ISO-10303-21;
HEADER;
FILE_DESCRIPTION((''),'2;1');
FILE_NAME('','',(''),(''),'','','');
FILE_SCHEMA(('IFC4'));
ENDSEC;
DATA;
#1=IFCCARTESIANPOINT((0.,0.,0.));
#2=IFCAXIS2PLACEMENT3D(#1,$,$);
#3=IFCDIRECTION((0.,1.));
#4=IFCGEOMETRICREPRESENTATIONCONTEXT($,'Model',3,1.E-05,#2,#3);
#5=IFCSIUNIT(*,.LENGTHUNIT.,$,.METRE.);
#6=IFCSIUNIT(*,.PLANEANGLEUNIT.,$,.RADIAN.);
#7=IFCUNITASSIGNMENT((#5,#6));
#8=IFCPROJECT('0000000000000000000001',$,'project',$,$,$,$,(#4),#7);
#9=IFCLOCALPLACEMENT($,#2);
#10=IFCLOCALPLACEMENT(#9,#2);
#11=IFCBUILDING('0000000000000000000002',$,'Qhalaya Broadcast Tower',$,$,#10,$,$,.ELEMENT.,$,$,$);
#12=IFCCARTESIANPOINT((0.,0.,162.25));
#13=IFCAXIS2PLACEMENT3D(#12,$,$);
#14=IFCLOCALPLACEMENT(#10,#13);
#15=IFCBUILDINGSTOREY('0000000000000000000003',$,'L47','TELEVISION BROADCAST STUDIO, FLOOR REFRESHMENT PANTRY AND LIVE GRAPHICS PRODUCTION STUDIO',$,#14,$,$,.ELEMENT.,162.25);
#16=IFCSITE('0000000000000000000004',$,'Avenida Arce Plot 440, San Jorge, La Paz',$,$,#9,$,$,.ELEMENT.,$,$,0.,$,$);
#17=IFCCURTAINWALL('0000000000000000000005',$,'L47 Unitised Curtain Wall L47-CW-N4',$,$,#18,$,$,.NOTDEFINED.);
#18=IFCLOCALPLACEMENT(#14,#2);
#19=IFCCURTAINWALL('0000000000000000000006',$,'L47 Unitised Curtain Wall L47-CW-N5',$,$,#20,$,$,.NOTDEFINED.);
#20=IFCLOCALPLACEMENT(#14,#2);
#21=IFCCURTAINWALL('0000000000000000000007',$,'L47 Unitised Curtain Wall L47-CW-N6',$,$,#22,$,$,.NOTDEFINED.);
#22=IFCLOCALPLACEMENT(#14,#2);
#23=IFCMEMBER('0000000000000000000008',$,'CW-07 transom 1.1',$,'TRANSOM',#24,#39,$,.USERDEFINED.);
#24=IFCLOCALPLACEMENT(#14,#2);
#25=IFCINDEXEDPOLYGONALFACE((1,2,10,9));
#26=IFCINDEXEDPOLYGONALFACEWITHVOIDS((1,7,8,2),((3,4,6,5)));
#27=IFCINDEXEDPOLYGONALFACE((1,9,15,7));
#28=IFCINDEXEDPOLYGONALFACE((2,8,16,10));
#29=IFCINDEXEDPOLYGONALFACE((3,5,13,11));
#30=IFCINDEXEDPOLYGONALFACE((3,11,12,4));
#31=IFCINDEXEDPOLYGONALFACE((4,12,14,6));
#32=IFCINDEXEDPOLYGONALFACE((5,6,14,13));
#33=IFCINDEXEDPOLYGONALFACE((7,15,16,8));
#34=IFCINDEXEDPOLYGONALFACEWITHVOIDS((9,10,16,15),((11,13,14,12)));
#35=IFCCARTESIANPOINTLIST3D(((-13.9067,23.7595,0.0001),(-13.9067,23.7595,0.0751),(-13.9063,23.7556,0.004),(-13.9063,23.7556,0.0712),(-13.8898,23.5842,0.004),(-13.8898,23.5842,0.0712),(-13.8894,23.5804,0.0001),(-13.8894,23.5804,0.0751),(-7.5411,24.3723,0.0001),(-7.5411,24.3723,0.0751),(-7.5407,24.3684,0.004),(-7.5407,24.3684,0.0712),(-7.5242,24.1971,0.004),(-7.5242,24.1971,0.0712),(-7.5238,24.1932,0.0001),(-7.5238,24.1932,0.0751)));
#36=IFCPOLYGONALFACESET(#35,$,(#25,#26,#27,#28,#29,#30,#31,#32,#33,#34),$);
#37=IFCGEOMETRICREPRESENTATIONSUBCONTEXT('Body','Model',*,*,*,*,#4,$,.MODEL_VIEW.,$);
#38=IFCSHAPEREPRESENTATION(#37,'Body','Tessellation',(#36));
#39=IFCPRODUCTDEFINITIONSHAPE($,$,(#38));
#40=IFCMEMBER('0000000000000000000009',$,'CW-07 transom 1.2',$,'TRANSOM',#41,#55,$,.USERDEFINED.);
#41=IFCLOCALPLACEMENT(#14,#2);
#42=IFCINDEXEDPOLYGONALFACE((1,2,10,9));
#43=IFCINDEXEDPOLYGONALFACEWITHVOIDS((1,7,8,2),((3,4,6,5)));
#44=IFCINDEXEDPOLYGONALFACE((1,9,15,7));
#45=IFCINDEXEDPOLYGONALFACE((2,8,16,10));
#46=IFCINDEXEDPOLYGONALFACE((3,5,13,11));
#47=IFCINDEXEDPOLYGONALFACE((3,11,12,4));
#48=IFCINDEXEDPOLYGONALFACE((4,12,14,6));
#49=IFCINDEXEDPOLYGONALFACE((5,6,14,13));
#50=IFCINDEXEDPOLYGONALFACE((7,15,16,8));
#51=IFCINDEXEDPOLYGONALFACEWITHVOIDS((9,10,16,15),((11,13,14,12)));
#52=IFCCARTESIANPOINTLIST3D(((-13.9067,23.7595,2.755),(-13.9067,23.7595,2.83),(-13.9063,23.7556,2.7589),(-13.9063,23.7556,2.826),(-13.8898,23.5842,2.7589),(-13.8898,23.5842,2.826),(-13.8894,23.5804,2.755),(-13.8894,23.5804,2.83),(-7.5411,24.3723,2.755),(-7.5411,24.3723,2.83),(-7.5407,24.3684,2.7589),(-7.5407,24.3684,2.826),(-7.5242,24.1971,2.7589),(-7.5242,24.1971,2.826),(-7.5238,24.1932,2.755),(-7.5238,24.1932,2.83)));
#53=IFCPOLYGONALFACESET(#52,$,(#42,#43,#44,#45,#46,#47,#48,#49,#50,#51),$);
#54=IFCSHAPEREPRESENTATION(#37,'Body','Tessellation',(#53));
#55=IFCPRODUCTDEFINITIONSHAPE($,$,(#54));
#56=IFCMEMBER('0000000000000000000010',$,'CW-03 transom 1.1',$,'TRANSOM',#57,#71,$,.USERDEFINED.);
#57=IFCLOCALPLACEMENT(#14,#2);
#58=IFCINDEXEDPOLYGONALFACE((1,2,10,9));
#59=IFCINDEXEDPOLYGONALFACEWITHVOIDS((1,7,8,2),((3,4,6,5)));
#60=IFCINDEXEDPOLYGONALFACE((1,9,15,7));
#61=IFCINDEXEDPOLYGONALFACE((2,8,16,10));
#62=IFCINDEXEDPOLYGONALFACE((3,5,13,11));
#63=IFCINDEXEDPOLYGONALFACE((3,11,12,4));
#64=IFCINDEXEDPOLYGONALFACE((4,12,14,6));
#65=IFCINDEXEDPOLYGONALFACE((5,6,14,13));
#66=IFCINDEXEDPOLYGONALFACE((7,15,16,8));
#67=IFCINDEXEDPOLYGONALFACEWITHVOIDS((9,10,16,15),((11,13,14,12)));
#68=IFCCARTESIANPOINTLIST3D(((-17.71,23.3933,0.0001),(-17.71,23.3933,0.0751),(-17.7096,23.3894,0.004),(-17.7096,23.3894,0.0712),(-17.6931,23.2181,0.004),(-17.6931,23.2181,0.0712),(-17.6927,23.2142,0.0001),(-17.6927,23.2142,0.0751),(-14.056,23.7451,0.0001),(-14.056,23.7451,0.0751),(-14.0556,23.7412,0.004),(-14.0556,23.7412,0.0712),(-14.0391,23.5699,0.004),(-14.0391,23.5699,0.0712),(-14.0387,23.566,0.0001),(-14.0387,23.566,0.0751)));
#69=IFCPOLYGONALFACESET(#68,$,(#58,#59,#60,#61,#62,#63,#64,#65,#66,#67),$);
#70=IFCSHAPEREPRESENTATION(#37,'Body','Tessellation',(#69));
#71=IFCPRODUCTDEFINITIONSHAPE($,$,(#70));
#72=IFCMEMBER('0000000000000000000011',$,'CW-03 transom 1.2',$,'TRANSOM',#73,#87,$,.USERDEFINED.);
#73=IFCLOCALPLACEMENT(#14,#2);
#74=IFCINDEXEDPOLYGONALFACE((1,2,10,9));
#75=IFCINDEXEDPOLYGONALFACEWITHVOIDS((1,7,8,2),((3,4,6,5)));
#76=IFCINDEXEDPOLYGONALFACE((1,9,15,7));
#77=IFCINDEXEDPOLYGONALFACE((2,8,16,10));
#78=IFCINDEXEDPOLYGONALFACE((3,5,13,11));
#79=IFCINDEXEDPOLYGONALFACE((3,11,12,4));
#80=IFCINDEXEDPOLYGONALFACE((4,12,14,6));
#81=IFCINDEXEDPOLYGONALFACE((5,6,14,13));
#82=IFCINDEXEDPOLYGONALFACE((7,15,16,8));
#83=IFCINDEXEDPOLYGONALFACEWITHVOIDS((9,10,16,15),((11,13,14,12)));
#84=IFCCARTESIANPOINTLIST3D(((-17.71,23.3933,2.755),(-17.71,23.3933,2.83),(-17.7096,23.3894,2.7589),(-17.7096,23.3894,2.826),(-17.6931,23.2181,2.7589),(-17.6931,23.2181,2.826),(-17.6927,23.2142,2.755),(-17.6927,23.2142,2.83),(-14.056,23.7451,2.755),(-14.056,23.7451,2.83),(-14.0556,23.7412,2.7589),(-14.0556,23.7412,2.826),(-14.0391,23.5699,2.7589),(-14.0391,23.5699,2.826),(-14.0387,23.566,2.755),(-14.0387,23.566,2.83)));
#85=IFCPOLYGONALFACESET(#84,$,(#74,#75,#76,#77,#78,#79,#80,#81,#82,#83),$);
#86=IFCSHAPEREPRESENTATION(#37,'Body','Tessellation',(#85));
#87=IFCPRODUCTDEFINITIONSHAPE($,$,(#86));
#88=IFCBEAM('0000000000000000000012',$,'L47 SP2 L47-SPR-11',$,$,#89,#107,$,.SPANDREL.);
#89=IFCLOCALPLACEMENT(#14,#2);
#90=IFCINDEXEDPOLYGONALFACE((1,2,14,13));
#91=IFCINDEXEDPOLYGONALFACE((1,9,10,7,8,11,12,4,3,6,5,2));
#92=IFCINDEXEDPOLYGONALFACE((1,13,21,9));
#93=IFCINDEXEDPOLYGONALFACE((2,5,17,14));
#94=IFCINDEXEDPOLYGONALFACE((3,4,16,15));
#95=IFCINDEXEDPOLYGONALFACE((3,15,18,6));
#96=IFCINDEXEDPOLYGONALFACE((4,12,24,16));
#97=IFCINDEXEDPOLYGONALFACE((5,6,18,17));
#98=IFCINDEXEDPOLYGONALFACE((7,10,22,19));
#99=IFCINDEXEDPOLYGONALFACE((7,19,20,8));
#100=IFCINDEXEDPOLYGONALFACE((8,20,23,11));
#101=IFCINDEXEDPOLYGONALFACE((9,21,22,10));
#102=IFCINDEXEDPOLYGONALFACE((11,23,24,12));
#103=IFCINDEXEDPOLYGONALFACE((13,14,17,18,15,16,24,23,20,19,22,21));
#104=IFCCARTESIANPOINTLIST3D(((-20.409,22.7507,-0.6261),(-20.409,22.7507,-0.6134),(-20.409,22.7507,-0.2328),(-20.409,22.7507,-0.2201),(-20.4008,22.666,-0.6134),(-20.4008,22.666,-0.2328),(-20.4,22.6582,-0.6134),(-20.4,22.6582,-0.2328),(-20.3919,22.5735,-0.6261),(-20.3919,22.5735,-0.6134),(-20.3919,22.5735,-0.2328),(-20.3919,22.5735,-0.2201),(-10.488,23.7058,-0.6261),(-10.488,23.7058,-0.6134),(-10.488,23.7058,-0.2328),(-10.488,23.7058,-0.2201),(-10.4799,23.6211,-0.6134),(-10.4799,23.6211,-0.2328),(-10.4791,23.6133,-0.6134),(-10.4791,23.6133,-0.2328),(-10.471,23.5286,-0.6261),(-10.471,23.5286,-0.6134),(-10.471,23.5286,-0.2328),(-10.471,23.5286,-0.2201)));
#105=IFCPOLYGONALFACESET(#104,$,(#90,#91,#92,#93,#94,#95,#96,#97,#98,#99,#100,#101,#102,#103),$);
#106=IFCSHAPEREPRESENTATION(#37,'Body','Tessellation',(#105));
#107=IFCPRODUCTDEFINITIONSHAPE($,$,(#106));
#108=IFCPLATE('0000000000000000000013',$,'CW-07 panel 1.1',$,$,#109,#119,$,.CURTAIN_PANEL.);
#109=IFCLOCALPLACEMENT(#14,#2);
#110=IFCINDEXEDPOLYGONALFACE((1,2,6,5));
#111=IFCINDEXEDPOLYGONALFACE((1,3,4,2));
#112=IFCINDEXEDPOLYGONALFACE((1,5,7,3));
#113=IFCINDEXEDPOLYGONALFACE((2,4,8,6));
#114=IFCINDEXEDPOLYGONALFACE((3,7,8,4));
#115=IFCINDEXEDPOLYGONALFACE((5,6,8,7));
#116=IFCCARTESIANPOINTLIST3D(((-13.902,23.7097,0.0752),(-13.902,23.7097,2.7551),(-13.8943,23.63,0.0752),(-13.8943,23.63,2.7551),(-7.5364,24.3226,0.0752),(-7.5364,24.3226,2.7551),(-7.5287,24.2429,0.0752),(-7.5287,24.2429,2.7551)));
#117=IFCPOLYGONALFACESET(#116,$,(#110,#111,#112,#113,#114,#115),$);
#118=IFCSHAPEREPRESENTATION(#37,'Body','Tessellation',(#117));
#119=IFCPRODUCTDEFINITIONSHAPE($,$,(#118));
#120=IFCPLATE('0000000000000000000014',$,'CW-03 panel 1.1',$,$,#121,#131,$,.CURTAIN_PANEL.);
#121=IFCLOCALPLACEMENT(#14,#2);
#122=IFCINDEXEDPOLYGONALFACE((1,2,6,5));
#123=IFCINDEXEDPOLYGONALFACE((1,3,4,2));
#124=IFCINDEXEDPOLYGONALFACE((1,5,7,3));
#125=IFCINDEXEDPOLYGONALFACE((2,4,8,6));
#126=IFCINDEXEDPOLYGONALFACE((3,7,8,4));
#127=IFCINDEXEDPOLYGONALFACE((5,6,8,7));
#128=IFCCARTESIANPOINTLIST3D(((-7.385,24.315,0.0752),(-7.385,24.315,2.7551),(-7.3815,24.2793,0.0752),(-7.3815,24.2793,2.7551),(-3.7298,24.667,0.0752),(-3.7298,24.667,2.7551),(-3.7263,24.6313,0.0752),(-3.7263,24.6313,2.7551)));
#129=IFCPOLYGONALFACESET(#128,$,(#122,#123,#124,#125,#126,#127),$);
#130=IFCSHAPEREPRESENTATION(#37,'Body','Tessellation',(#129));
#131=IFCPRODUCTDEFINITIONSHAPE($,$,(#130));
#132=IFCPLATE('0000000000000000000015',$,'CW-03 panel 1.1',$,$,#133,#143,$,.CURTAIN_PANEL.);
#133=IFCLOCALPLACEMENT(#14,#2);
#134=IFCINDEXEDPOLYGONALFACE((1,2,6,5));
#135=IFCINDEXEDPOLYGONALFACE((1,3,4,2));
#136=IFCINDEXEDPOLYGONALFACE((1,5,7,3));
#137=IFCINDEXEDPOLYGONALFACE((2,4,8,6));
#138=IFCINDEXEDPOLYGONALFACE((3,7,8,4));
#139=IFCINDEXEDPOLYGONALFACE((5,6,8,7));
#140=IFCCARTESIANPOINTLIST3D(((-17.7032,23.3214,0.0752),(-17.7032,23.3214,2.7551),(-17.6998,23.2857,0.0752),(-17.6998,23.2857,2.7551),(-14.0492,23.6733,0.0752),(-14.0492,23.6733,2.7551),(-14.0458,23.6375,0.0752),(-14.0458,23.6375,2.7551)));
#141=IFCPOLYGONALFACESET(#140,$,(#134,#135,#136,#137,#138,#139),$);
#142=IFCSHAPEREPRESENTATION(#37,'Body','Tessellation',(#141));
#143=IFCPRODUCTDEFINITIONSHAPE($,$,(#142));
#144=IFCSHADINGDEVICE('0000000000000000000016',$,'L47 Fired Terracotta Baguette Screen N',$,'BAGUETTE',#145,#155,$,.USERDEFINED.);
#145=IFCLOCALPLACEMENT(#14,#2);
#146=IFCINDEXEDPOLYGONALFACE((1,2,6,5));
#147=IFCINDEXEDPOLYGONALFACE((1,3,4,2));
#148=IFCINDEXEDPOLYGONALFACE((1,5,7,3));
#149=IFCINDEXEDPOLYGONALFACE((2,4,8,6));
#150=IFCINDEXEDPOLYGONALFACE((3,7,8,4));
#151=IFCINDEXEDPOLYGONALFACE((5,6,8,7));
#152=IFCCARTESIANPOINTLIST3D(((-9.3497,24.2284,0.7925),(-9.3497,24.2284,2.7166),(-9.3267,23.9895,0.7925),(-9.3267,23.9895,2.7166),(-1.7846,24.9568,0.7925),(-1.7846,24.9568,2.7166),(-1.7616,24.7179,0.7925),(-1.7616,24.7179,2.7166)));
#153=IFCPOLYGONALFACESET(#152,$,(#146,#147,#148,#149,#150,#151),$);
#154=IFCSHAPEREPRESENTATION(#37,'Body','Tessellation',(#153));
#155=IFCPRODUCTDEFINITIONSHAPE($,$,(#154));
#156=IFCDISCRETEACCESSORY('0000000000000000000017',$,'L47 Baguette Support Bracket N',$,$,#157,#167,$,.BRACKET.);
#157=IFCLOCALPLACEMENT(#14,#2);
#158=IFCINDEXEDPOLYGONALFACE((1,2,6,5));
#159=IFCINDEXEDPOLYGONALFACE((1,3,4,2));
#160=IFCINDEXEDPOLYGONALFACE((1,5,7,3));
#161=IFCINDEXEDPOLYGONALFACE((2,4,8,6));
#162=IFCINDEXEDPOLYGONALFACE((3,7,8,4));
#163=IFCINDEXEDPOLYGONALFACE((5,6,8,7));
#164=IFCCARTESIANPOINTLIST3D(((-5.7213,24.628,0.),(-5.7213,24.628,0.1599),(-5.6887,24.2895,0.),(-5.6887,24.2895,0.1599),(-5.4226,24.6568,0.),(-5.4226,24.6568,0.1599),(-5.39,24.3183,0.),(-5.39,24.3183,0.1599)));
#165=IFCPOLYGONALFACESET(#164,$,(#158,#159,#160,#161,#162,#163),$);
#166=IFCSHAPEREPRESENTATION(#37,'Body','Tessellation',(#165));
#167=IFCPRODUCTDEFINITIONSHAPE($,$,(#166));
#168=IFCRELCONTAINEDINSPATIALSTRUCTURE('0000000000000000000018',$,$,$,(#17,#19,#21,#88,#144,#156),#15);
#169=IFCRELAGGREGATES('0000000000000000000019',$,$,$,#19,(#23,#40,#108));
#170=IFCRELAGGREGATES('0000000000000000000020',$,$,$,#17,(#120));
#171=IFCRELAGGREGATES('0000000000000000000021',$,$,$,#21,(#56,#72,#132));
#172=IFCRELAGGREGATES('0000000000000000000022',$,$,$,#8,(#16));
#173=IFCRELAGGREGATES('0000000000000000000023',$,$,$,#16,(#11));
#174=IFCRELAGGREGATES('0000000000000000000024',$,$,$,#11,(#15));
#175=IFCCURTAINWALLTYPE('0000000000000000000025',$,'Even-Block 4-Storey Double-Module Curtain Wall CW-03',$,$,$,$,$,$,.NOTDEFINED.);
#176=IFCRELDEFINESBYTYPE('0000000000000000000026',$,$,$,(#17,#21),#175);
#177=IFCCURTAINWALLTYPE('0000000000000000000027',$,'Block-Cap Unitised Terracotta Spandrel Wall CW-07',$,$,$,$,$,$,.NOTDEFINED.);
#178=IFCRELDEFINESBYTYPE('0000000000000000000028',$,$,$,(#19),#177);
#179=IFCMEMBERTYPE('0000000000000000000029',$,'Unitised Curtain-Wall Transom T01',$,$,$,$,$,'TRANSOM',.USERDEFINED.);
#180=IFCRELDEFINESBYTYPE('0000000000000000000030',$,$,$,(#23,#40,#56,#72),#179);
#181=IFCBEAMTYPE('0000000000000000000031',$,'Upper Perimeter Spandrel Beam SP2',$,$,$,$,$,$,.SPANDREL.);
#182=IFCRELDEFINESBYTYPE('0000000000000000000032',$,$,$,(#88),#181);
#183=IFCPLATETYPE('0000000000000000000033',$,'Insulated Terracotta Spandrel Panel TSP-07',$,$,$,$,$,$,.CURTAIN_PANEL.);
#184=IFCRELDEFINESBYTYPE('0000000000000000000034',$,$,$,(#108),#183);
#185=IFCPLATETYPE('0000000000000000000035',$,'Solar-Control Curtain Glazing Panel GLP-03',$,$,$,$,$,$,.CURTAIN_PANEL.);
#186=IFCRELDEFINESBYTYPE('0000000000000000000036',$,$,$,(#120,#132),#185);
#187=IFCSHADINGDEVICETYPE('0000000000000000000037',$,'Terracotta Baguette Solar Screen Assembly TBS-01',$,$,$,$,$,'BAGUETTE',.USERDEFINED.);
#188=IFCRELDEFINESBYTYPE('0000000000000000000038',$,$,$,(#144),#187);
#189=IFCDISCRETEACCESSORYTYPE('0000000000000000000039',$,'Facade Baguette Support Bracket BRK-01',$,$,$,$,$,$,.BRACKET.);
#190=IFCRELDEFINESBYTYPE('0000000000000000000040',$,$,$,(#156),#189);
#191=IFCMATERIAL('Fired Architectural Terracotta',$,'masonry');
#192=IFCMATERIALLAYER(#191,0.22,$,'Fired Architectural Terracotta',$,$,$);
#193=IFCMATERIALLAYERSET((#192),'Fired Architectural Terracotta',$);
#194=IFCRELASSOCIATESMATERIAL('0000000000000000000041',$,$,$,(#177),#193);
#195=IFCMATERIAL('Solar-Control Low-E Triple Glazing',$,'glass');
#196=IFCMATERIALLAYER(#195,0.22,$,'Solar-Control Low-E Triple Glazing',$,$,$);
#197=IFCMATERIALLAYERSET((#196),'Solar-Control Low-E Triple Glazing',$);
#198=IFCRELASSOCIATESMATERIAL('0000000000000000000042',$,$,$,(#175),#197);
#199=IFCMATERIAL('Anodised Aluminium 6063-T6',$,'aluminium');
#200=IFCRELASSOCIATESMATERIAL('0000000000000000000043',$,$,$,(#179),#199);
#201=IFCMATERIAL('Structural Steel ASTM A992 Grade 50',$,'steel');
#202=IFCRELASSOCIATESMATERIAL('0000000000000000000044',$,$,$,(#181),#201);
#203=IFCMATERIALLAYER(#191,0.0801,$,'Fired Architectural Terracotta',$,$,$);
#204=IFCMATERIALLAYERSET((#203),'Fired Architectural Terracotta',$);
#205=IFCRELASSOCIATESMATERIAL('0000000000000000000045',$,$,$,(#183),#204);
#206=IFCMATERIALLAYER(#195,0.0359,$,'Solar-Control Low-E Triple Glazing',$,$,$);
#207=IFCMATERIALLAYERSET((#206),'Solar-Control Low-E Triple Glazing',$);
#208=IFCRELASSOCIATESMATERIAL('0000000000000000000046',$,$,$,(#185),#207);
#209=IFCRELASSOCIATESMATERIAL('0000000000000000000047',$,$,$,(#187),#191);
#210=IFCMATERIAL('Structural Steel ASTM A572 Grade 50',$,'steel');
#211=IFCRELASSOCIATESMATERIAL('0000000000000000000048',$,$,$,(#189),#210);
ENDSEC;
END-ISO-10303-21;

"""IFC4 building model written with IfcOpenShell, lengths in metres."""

from ifc_helpers import new_model, si_unit, direction, frame, origin, origin_2d, place, context, subcontext, project, spatial, rectangle, hollow_rectangle, i_section, extrude, material, layer, layer_set, material_profile, profile_set, type_object, element, aggregate, save


model = new_model("IFC4")

# Units and contexts
model_context = context("Model", 3, precision=1e-05, world=origin(), true_north=direction((0.0, 1.0)))
body_context = subcontext(model_context, "Body", "Model", "MODEL_VIEW")
ifc_project = project(units=[si_unit("LENGTHUNIT", "METRE"), si_unit("PLANEANGLEUNIT", "RADIAN")], contexts=[model_context])

# Site, building, storey
site_placement = place(None, origin())
site = spatial("IfcSite", under=ifc_project, at=site_placement, Name="Avenida Arce Plot 440, San Jorge, La Paz", CompositionType="ELEMENT", RefElevation=0.0)
building_placement = place(site_placement, origin())
building = spatial("IfcBuilding", under=site, at=building_placement, Name="Qhalaya Broadcast Tower", CompositionType="ELEMENT")
storey_placement = place(building_placement, frame((0.0, 0.0, 162.25)))
storey = spatial("IfcBuildingStorey", under=building, at=storey_placement, Name="L47", Description="TELEVISION BROADCAST STUDIO, FLOOR REFRESHMENT PANTRY AND LIVE GRAPHICS PRODUCTION STUDIO", CompositionType="ELEMENT", Elevation=162.25)

# Shared definitions
ifc_material_1 = material(Name="Structural Steel ASTM A572 Grade 50", Category="steel")

# Shared definitions
ifc_material_2 = material(Name="Fired Architectural Terracotta", Category="masonry")
ifc_layer_1 = layer(ifc_material_2, 0.22, Name="Fired Architectural Terracotta")
ifc_layer_set_1 = layer_set([ifc_layer_1], Name="Fired Architectural Terracotta")
curtain_wall_type_1 = type_object("IfcCurtainWallType", Name="Block-Cap Unitised Terracotta Spandrel Wall CW-07", PredefinedType="NOTDEFINED", material=ifc_layer_set_1)
ifc_material_3 = material(Name="Anodised Aluminium 6063-T6", Category="aluminium")

# Curtain walls
ifc_material_4 = material(Name="Solar-Control Low-E Triple Glazing", Category="glass")
ifc_layer_2 = layer(ifc_material_4, 0.22, Name="Solar-Control Low-E Triple Glazing")
ifc_layer_set_2 = layer_set([ifc_layer_2], Name="Solar-Control Low-E Triple Glazing")
curtain_wall_type_2 = type_object("IfcCurtainWallType", Name="Even-Block 4-Storey Double-Module Curtain Wall CW-03", PredefinedType="NOTDEFINED", material=ifc_layer_set_2)
curtain_wall_1_placement = place(storey_placement, origin())
curtain_wall_1 = element("IfcCurtainWall", 1, at=curtain_wall_1_placement, inside=storey, type_object=curtain_wall_type_2, Name="L47 Unitised Curtain Wall L47-CW-N4", PredefinedType="NOTDEFINED")
curtain_wall_2_placement = place(storey_placement, origin())
curtain_wall_2 = element("IfcCurtainWall", 2, at=curtain_wall_2_placement, inside=storey, type_object=curtain_wall_type_1, Name="L47 Unitised Curtain Wall L47-CW-N5", PredefinedType="NOTDEFINED")
curtain_wall_3_placement = place(storey_placement, origin())
curtain_wall_3 = element("IfcCurtainWall", 3, at=curtain_wall_3_placement, inside=storey, type_object=curtain_wall_type_2, Name="L47 Unitised Curtain Wall L47-CW-N6", PredefinedType="NOTDEFINED")

# Members
ifc_material_profile_1 = material_profile(ifc_material_3, hollow_rectangle(XDim=0.075, YDim=0.1799, WallThickness=0.0039, at=origin_2d()), Name="ALU-TRN 75x180x4")
ifc_profile_set_1 = profile_set([ifc_material_profile_1], Name="Anodised Aluminium 6063-T6")
member_type_1 = type_object("IfcMemberType", Name="Unitised Curtain-Wall Transom T01", ElementType="TRANSOM", PredefinedType="USERDEFINED", material=ifc_profile_set_1)
member_1_placement = place(storey_placement, frame((-7.5325, 24.2827, 0.0376), z_axis=(-0.995398, -0.095825, 0.0), x_axis=(0.0, 0.0, 1.0)))
member_1 = element("IfcMember", 4, at=member_1_placement, type_object=member_type_1, Name="CW-07 transom 1.1", ObjectType="TRANSOM", PredefinedType="USERDEFINED", context=body_context, shape_type="SweptSolid", body=[
    extrude(hollow_rectangle(XDim=0.075, YDim=0.1799, WallThickness=0.0039, at=origin_2d()), origin(), (0.0, 0.0, 1.0), 6.395),
])
member_2_placement = place(storey_placement, frame((-7.5325, 24.2827, 2.7925), z_axis=(-0.995398, -0.095825, 0.0), x_axis=(0.0, 0.0, 1.0)))
member_2 = element("IfcMember", 5, at=member_2_placement, type_object=member_type_1, Name="CW-07 transom 1.2", ObjectType="TRANSOM", PredefinedType="USERDEFINED", context=body_context, shape_type="SweptSolid", body=[
    extrude(hollow_rectangle(XDim=0.075, YDim=0.1799, WallThickness=0.0039, at=origin_2d()), origin(), (0.0, 0.0, 1.0), 6.395),
])
member_3_placement = place(storey_placement, frame((-14.0474, 23.6555, 0.0376), z_axis=(-0.995397, -0.095835, 0.0), x_axis=(0.0, 0.0, 1.0)))
member_3 = element("IfcMember", 6, at=member_3_placement, type_object=member_type_1, Name="CW-03 transom 1.1", ObjectType="TRANSOM", PredefinedType="USERDEFINED", context=body_context, shape_type="SweptSolid", body=[
    extrude(hollow_rectangle(XDim=0.075, YDim=0.1799, WallThickness=0.0039, at=origin_2d()), origin(), (0.0, 0.0, 1.0), 3.6709),
])
member_4_placement = place(storey_placement, frame((-14.0474, 23.6555, 2.7925), z_axis=(-0.995397, -0.095835, 0.0), x_axis=(0.0, 0.0, 1.0)))
member_4 = element("IfcMember", 7, at=member_4_placement, type_object=member_type_1, Name="CW-03 transom 1.2", ObjectType="TRANSOM", PredefinedType="USERDEFINED", context=body_context, shape_type="SweptSolid", body=[
    extrude(hollow_rectangle(XDim=0.075, YDim=0.1799, WallThickness=0.0039, at=origin_2d()), origin(), (0.0, 0.0, 1.0), 3.6709),
])

# Beam
ifc_material_5 = material(Name="Structural Steel ASTM A992 Grade 50", Category="steel")
ifc_material_profile_2 = material_profile(ifc_material_5, i_section(OverallWidth=0.178, OverallDepth=0.406, WebThickness=0.0078, FlangeThickness=0.0127, at=origin_2d()), Name="W16X40")
ifc_profile_set_2 = profile_set([ifc_material_profile_2], Name="Structural Steel ASTM A992 Grade 50")
beam_type = type_object("IfcBeamType", Name="Upper Perimeter Spandrel Beam SP2", PredefinedType="SPANDREL", material=ifc_profile_set_2)
beam_placement = place(storey_placement, frame((-10.4795, 23.6172, -0.4231), z_axis=(-0.995398, -0.095826, 0.0), x_axis=(0.095826, -0.995398, 0.0)))
element("IfcBeam", 8, at=beam_placement, inside=storey, type_object=beam_type, Name="L47 SP2 L47-SPR-11", PredefinedType="SPANDREL", context=body_context, shape_type="SweptSolid", body=[
    extrude(i_section(OverallWidth=0.178, OverallDepth=0.406, WebThickness=0.0078, FlangeThickness=0.0127, at=origin_2d()), origin(), (0.0, 0.0, 1.0), 9.9668),
])

# Plates
ifc_layer_3 = layer(ifc_material_2, 0.0801, Name="Fired Architectural Terracotta")
ifc_layer_set_3 = layer_set([ifc_layer_3], Name="Fired Architectural Terracotta")
plate_type_1 = type_object("IfcPlateType", Name="Insulated Terracotta Spandrel Panel TSP-07", PredefinedType="CURTAIN_PANEL", material=ifc_layer_set_3)
plate_1_placement = place(storey_placement, frame((-10.7153, 23.9763, 0.0752), z_axis=(0.0, 0.0, 1.0), x_axis=(-0.995396, -0.095845, 0.0)))
plate_1 = element("IfcPlate", 9, at=plate_1_placement, type_object=plate_type_1, Name="CW-07 panel 1.1", PredefinedType="CURTAIN_PANEL", context=body_context, shape_type="SweptSolid", body=[
    extrude(rectangle(XDim=6.395, YDim=0.0801, at=origin_2d()), origin(), (0.0, 0.0, 1.0), 2.6799),
])
aggregate(curtain_wall_2, [member_1, member_2, plate_1])
ifc_layer_4 = layer(ifc_material_4, 0.0359, Name="Solar-Control Low-E Triple Glazing")
ifc_layer_set_4 = layer_set([ifc_layer_4], Name="Solar-Control Low-E Triple Glazing")
plate_type_2 = type_object("IfcPlateType", Name="Solar-Control Curtain Glazing Panel GLP-03", PredefinedType="CURTAIN_PANEL", material=ifc_layer_set_4)
plate_2_placement = place(storey_placement, frame((-5.5557, 24.4731, 0.0752), z_axis=(0.0, 0.0, 1.0), x_axis=(-0.995394, -0.095866, 0.0)))
plate_2 = element("IfcPlate", 10, at=plate_2_placement, type_object=plate_type_2, Name="CW-03 panel 1.1", PredefinedType="CURTAIN_PANEL", context=body_context, shape_type="SweptSolid", body=[
    extrude(rectangle(XDim=3.6721, YDim=0.0359, at=origin_2d()), origin(), (0.0, 0.0, 1.0), 2.6799),
])
aggregate(curtain_wall_1, [plate_2])
plate_3_placement = place(storey_placement, frame((-15.8745, 23.4795, 0.0752), z_axis=(0.0, 0.0, 1.0), x_axis=(-0.995397, -0.095839, 0.0)))
plate_3 = element("IfcPlate", 11, at=plate_3_placement, type_object=plate_type_2, Name="CW-03 panel 1.1", PredefinedType="CURTAIN_PANEL", context=body_context, shape_type="SweptSolid", body=[
    extrude(rectangle(XDim=3.6709, YDim=0.0359, at=origin_2d()), origin(), (0.0, 0.0, 1.0), 2.6799),
])
aggregate(curtain_wall_3, [member_3, member_4, plate_3])

# Shading device
shading_device_type = type_object("IfcShadingDeviceType", Name="Terracotta Baguette Solar Screen Assembly TBS-01", ElementType="BAGUETTE", PredefinedType="USERDEFINED", material=ifc_material_2)
shading_device_placement = place(storey_placement, frame((-5.5557, 24.4731, 0.7925), z_axis=(0.0, 0.0, 1.0), x_axis=(-0.995396, -0.095846, 0.0)))
element("IfcShadingDevice", 12, at=shading_device_placement, inside=storey, type_object=shading_device_type, Name="L47 Fired Terracotta Baguette Screen N", ObjectType="BAGUETTE", PredefinedType="USERDEFINED", context=body_context, shape_type="SweptSolid", body=[
    extrude(rectangle(XDim=7.6001, YDim=0.24, at=origin_2d()), origin(), (0.0, 0.0, 1.0), 1.9241),
])

# Discrete accessory
discrete_accessory_type = type_object("IfcDiscreteAccessoryType", Name="Facade Baguette Support Bracket BRK-01", PredefinedType="BRACKET", material=ifc_material_1)
discrete_accessory_placement = place(storey_placement, frame((-5.5557, 24.4731, 0.0), z_axis=(0.0, 0.0, 1.0), x_axis=(-0.995396, -0.095846, 0.0)))
element("IfcDiscreteAccessory", 13, at=discrete_accessory_placement, inside=storey, type_object=discrete_accessory_type, Name="L47 Baguette Support Bracket N", PredefinedType="BRACKET", context=body_context, shape_type="SweptSolid", body=[
    extrude(rectangle(XDim=0.3, YDim=0.3401, at=origin_2d()), origin(), (0.0, 0.0, 1.0), 0.1599),
])

save(model, "model.ifc")
